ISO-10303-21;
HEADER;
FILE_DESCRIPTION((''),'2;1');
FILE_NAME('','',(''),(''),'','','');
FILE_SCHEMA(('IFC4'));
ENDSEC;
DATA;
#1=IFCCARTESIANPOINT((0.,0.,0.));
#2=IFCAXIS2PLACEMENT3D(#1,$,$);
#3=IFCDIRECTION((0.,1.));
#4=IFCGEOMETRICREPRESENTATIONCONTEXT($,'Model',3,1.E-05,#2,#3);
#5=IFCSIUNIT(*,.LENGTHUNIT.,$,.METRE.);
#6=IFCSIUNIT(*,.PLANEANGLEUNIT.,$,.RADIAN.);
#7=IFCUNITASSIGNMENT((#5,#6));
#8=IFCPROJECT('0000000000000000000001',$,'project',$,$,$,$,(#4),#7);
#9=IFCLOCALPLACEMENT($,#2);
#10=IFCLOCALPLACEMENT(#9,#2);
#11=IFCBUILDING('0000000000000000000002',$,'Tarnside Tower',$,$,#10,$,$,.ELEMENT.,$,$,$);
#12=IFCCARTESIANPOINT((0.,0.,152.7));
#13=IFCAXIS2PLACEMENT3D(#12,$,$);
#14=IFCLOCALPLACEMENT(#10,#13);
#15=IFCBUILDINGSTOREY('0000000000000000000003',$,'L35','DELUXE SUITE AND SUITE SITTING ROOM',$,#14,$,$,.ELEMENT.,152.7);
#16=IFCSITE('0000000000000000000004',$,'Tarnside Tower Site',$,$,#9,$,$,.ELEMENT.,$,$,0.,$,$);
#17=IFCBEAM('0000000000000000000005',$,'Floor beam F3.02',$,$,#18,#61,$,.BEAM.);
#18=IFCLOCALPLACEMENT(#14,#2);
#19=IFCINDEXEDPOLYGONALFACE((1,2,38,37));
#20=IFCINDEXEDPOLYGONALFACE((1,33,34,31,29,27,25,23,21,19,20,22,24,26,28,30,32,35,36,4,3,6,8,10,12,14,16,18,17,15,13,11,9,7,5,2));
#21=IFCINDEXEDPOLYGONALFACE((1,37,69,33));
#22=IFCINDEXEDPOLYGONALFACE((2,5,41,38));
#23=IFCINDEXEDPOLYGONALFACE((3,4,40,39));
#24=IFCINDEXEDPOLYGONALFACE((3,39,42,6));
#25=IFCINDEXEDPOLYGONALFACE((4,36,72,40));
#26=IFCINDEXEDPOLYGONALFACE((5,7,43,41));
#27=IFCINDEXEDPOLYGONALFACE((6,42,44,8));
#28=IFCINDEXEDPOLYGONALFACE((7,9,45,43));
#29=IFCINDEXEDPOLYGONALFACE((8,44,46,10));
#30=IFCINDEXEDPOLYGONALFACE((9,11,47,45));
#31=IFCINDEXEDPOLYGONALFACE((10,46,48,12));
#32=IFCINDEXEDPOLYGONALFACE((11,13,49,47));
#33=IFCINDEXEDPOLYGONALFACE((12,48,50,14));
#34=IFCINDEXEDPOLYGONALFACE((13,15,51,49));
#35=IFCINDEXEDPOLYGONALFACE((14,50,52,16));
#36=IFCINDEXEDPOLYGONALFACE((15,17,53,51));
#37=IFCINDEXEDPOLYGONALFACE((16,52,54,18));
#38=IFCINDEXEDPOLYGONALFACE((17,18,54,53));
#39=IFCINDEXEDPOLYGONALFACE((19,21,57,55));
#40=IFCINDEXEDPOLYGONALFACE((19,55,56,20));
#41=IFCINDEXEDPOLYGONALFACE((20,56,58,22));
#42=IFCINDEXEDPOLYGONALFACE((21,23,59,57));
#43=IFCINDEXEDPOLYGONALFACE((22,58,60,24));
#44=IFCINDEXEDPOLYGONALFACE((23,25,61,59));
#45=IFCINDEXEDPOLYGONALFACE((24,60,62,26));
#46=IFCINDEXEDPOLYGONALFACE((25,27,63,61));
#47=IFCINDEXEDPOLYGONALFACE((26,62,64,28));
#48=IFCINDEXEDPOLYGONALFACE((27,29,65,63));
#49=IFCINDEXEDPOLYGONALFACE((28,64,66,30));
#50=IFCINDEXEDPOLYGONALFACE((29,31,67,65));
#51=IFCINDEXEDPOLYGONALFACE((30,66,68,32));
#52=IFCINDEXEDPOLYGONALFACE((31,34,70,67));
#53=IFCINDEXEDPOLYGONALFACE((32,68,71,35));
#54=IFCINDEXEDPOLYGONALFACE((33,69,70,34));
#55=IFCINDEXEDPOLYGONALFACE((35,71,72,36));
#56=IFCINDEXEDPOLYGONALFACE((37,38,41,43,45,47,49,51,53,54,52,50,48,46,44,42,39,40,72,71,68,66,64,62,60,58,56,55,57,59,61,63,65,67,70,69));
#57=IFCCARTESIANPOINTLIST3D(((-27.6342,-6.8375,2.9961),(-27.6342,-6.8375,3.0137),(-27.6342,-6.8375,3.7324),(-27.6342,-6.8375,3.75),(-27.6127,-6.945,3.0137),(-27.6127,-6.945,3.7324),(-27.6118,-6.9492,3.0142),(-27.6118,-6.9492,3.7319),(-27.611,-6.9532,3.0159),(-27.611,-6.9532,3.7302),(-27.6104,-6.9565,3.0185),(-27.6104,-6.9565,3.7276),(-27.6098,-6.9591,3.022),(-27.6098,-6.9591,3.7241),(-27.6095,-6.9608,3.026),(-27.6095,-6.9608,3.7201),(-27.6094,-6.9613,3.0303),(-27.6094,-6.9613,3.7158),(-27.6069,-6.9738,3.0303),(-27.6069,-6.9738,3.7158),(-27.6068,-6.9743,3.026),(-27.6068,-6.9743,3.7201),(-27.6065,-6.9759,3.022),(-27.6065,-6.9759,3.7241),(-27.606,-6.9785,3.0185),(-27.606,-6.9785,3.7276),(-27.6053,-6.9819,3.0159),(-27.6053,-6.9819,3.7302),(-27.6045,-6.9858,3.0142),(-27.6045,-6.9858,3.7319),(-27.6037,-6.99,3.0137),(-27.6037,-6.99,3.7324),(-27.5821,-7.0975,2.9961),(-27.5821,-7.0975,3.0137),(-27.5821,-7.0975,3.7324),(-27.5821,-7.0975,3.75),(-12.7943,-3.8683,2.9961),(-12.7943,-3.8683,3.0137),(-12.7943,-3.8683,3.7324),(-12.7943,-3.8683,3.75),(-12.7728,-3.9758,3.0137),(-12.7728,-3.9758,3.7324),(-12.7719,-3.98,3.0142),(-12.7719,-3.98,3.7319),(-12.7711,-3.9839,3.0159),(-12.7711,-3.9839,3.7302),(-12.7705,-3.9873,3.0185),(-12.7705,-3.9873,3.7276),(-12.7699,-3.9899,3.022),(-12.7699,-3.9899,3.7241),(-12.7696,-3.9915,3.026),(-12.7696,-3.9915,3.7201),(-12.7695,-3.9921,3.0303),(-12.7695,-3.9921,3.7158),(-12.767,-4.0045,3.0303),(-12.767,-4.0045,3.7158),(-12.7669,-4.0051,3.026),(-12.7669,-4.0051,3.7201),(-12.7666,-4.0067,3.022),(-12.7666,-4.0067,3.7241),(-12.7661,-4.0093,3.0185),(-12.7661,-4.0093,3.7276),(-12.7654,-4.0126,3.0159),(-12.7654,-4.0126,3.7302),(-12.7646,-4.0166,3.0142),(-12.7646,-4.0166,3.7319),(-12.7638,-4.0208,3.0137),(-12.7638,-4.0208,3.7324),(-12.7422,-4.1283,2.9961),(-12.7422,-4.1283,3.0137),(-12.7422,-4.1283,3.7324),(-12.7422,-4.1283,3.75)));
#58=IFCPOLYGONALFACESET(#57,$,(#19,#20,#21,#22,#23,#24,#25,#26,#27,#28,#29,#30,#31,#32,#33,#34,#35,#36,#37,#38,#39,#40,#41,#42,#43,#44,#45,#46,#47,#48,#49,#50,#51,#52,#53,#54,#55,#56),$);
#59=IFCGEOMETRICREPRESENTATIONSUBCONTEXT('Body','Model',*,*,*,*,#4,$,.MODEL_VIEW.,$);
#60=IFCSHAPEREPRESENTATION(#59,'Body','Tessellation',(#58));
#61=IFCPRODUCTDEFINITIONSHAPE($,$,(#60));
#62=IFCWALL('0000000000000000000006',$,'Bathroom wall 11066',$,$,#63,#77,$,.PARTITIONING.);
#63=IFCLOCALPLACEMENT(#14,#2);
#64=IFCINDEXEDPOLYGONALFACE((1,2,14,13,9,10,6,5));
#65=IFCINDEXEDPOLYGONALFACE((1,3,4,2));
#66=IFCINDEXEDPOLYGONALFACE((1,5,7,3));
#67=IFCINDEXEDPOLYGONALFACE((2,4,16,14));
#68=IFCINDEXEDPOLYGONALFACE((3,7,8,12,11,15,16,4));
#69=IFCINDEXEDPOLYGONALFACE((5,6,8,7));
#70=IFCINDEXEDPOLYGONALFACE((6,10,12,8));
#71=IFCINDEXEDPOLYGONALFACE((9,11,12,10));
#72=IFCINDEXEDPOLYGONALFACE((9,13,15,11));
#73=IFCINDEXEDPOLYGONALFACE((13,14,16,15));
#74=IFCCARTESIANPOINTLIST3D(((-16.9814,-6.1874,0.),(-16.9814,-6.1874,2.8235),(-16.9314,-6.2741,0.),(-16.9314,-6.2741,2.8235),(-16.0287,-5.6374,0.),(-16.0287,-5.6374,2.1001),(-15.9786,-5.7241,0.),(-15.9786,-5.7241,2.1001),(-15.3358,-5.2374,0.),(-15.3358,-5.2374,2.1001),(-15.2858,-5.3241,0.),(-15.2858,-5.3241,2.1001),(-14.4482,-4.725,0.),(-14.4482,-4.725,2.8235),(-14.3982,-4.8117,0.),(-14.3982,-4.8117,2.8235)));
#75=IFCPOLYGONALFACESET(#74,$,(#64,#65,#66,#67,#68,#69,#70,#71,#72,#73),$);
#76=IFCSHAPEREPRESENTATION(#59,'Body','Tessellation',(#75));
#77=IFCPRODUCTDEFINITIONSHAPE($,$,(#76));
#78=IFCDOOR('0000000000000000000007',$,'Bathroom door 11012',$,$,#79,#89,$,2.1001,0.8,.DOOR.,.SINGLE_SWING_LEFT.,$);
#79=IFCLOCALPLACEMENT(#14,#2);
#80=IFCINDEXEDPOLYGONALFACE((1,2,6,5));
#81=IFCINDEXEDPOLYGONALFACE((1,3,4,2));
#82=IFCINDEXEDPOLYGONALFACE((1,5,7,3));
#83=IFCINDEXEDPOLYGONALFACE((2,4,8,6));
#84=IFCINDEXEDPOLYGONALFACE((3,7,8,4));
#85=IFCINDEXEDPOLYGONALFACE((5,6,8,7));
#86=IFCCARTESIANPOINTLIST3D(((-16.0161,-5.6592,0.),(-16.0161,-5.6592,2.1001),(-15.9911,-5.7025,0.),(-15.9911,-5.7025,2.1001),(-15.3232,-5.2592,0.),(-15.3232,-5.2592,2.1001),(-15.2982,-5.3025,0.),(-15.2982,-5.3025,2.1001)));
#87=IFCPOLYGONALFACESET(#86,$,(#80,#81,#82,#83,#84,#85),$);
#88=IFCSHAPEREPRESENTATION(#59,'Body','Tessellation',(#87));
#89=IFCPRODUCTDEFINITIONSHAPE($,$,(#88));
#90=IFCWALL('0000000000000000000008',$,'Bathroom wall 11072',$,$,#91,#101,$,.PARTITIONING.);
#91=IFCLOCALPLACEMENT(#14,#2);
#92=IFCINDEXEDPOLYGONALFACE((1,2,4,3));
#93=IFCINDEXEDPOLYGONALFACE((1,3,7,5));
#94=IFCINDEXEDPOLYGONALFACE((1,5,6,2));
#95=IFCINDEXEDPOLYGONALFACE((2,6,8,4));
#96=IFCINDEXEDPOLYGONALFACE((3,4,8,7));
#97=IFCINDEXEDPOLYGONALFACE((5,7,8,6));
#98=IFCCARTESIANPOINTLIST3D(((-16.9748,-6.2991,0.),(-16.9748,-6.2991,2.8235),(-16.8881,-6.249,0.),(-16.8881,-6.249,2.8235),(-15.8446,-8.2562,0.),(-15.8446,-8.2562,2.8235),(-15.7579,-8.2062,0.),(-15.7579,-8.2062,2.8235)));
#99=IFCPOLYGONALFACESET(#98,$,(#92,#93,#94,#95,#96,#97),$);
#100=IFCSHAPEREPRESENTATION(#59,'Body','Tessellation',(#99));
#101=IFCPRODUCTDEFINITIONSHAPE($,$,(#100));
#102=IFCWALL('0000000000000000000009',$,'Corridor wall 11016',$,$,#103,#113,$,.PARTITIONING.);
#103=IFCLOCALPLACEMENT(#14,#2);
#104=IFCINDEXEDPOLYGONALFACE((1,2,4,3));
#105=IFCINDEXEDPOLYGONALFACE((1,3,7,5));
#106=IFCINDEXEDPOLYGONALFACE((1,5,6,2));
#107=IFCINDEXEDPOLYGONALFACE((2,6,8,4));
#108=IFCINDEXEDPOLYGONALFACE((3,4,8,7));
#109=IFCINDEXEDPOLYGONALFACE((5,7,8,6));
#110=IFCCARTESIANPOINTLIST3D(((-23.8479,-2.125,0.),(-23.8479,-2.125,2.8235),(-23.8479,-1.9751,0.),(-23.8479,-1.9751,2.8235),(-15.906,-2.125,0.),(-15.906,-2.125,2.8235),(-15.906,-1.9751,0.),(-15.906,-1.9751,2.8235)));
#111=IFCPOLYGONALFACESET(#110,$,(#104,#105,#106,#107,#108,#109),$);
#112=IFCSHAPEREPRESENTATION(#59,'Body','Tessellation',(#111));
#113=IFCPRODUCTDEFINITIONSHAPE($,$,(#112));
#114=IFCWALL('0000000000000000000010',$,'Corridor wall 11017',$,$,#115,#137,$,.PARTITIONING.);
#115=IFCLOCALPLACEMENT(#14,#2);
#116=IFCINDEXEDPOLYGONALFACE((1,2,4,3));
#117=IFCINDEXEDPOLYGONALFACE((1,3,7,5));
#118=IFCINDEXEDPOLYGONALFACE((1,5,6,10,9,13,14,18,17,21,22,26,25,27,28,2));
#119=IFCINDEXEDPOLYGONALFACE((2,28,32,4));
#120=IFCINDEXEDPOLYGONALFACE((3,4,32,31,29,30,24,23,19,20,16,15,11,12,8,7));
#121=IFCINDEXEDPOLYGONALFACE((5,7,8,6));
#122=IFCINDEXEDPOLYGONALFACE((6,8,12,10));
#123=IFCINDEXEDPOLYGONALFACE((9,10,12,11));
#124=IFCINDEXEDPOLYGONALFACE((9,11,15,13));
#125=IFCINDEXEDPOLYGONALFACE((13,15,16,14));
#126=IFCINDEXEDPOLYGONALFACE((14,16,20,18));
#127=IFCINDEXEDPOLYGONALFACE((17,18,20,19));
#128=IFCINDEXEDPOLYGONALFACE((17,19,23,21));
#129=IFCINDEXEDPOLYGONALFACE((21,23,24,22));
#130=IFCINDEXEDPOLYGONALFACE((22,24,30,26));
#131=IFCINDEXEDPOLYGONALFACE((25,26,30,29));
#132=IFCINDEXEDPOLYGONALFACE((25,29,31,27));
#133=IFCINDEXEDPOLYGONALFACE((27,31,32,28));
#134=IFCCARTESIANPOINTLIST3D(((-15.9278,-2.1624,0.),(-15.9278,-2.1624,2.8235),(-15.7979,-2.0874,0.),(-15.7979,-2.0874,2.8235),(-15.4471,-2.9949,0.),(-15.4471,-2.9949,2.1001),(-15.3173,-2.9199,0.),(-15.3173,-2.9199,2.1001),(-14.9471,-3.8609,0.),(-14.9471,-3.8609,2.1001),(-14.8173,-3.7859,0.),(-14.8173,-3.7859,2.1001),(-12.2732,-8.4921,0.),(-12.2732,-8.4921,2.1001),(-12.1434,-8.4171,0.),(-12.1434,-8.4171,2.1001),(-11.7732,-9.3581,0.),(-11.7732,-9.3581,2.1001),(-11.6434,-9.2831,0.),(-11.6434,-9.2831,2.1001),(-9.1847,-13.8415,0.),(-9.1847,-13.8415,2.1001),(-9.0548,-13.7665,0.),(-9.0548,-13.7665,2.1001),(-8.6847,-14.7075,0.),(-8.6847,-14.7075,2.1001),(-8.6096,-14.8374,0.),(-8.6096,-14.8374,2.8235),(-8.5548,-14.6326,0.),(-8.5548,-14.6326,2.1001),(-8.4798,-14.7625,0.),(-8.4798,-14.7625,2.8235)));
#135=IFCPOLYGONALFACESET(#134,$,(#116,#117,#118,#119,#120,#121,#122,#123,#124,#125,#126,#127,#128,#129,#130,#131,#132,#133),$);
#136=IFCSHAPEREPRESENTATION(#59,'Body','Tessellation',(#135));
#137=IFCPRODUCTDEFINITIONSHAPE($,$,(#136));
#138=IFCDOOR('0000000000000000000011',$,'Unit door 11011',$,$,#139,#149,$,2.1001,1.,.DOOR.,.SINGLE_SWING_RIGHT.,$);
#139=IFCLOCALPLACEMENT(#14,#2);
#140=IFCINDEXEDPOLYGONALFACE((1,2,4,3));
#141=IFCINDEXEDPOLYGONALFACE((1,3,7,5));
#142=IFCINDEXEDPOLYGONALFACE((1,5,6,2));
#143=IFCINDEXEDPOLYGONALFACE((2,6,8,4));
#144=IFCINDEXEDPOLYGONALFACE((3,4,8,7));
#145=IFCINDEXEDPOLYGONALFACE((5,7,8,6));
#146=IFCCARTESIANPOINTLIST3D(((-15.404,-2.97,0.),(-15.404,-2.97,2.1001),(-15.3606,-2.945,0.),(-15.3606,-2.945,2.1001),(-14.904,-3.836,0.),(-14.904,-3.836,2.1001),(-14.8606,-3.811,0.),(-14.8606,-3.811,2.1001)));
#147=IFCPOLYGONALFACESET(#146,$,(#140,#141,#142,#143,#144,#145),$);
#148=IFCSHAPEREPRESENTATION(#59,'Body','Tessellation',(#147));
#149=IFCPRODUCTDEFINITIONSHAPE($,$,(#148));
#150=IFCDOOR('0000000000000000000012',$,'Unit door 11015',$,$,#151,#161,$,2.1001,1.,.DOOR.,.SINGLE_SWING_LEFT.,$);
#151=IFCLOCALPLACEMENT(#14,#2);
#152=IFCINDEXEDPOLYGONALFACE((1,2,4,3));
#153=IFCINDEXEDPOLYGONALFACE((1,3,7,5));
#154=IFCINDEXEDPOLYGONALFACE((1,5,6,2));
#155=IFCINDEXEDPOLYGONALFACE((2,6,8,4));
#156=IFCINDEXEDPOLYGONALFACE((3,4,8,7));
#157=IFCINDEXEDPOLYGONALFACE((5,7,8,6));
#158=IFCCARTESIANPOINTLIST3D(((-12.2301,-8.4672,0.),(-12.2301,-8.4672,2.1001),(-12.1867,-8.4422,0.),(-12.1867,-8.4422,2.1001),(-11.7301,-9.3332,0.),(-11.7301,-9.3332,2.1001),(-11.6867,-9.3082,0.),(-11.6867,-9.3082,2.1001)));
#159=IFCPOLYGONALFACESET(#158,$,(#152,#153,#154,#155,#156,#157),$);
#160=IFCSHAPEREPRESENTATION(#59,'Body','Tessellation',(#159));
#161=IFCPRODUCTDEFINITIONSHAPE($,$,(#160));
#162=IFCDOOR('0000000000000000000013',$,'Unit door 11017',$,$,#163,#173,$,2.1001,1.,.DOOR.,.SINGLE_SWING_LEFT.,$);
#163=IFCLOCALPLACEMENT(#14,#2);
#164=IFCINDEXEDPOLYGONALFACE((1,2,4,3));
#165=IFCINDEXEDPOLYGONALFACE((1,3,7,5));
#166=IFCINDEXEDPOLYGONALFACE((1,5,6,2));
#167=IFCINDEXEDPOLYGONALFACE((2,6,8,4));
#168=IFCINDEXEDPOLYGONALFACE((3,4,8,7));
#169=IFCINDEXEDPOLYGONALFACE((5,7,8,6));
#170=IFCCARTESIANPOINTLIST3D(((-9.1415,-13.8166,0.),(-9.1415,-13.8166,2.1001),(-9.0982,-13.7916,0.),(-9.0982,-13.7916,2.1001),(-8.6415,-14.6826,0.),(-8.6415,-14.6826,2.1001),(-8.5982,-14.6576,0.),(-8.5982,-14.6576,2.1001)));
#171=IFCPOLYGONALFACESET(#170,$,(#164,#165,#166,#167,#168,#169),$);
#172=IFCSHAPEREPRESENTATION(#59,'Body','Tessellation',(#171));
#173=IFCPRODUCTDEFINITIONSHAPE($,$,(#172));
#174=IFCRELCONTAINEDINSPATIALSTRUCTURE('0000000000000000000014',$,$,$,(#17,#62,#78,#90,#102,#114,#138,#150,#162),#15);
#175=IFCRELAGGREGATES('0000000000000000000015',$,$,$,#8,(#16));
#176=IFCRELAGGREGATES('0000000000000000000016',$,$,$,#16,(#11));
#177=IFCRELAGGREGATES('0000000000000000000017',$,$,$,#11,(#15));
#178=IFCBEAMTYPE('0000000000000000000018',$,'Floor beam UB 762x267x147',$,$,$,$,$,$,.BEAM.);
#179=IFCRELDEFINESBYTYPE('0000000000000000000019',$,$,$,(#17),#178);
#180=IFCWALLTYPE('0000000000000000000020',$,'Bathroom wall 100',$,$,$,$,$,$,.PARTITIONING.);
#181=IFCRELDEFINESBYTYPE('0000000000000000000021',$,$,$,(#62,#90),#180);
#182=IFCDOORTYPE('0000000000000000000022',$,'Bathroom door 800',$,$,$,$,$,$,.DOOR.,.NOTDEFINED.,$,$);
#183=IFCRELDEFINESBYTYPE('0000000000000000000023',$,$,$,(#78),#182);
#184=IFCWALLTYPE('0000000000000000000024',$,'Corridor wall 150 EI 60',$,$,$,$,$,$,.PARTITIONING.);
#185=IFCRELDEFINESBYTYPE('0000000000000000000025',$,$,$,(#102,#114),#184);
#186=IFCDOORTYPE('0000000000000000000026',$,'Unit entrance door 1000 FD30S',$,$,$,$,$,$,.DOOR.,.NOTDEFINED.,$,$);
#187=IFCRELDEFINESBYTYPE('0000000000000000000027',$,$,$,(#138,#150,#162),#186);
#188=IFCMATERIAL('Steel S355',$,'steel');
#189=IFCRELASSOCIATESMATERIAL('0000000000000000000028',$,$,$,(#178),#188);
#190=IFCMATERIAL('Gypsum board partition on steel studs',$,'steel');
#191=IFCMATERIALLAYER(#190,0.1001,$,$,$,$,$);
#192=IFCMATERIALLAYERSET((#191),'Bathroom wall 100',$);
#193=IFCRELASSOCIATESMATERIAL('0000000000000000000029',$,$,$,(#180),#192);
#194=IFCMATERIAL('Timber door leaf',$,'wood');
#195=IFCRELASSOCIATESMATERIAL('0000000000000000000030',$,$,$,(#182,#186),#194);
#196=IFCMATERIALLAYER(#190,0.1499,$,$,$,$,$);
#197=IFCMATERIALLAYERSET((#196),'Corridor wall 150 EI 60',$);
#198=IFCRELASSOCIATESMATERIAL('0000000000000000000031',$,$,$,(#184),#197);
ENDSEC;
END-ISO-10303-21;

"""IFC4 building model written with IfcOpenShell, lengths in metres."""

from ifc_helpers import new_model, si_unit, direction, frame, frame_2d, origin, origin_2d, place, context, subcontext, project, spatial, rectangle, i_section, extrude, material, layer, layer_set, material_profile, profile_set, type_object, element, fill, save


model = new_model("IFC4")

# Units and contexts
model_context = context("Model", 3, precision=1e-05, world=origin(), true_north=direction((0.0, 1.0)))
body_context = subcontext(model_context, "Body", "Model", "MODEL_VIEW")
ifc_project = project(units=[si_unit("LENGTHUNIT", "METRE"), si_unit("PLANEANGLEUNIT", "RADIAN")], contexts=[model_context])

# Site, building, storey
site_placement = place(None, origin())
site = spatial("IfcSite", under=ifc_project, at=site_placement, Name="Tarnside Tower Site", CompositionType="ELEMENT", RefElevation=0.0)
building_placement = place(site_placement, origin())
building = spatial("IfcBuilding", under=site, at=building_placement, Name="Tarnside Tower", CompositionType="ELEMENT")
storey_placement = place(building_placement, frame((0.0, 0.0, 152.7)))
storey = spatial("IfcBuildingStorey", under=building, at=storey_placement, Name="L35", Description="DELUXE SUITE AND SUITE SITTING ROOM", CompositionType="ELEMENT", Elevation=152.7)

# Beam
ifc_material_1 = material(Name="Steel S355", Category="steel")
ifc_material_profile = material_profile(ifc_material_1, i_section(OverallWidth=0.2651, OverallDepth=0.7539, WebThickness=0.0127, FlangeThickness=0.0176, FilletRadius=0.0166, at=origin_2d()), Name="UB 762x267x147")
ifc_profile_set = profile_set([ifc_material_profile], Name="Steel S355")
beam_type = type_object("IfcBeamType", Name="Floor beam UB 762x267x147", PredefinedType="BEAM", material=ifc_profile_set)
beam_placement = place(storey_placement, frame((-27.6082, -6.9675, 3.373), z_axis=(0.980565, 0.196197, 0.0), x_axis=(-0.196197, 0.980565, 0.0)))
element("IfcBeam", 1, at=beam_placement, inside=storey, type_object=beam_type, Name="Floor beam F3.02", PredefinedType="BEAM", context=body_context, shape_type="SweptSolid", body=[
    extrude(i_section(OverallWidth=0.2651, OverallDepth=0.7539, WebThickness=0.0127, FlangeThickness=0.0176, FilletRadius=0.0166, at=origin_2d()), origin(), (0.0, 0.0, 1.0), 15.134),
])

# Wall, opening, door
ifc_material_2 = material(Name="Gypsum board partition on steel studs", Category="steel")
ifc_layer_1 = layer(ifc_material_2, 0.1001)
ifc_layer_set_1 = layer_set([ifc_layer_1], Name="Bathroom wall 100")
wall_type_1 = type_object("IfcWallType", Name="Bathroom wall 100", PredefinedType="PARTITIONING", material=ifc_layer_set_1)
wall_1_placement = place(storey_placement, frame((-16.9563, -6.2307, 0.0), z_axis=(0.0, 0.0, 1.0), x_axis=(0.866047, 0.499963, 0.0)))
wall_1 = element("IfcWall", 2, at=wall_1_placement, inside=storey, type_object=wall_type_1, Name="Bathroom wall 11066", PredefinedType="PARTITIONING", context=body_context, shape_type="SweptSolid", body=[
    extrude(rectangle(XDim=2.925, YDim=0.1001, at=frame_2d((1.4624, 0.0))), origin(), (0.0, 0.0, 1.0), 2.8235),
])
opening_1_placement = place(wall_1_placement, frame((1.1001, 0.0, 0.0)))
opening_1 = element("IfcOpeningElement", 3, at=opening_1_placement, cuts=wall_1, PredefinedType="OPENING", context=body_context, shape_type="SweptSolid", body=[
    extrude(rectangle(XDim=0.8, YDim=2.1001, at=frame_2d((0.3999, 1.05))), frame((0.0, 0.0601, 0.0), z_axis=(0.0, -1.0, 0.0), x_axis=(1.0, 0.0, 0.0)), (0.0, 0.0, 1.0), 0.1201),
])
ifc_material_3 = material(Name="Timber door leaf", Category="wood")
door_type_1 = type_object("IfcDoorType", Name="Bathroom door 800", OperationType="NOTDEFINED", PredefinedType="DOOR", material=ifc_material_3)
door_1_placement = place(opening_1_placement, origin())
door_1 = element("IfcDoor", 4, at=door_1_placement, inside=storey, type_object=door_type_1, Name="Bathroom door 11012", OperationType="SINGLE_SWING_LEFT", OverallHeight=2.1001, OverallWidth=0.8, PredefinedType="DOOR", context=body_context, shape_type="SweptSolid", body=[
    extrude(rectangle(XDim=0.8, YDim=2.1001, at=frame_2d((0.3999, 1.05))), frame((0.0, 0.0249, 0.0), z_axis=(0.0, -1.0, 0.0), x_axis=(1.0, 0.0, 0.0)), (0.0, 0.0, 1.0), 0.05),
])
fill(opening_1, door_1)

# Walls
wall_2_placement = place(storey_placement, frame((-16.9314, -6.2742, 0.0), z_axis=(0.0, 0.0, 1.0), x_axis=(0.500078, -0.86598, 0.0)))
element("IfcWall", 5, at=wall_2_placement, inside=storey, type_object=wall_type_1, Name="Bathroom wall 11072", PredefinedType="PARTITIONING", context=body_context, shape_type="SweptSolid", body=[
    extrude(rectangle(XDim=2.26, YDim=0.1001, at=frame_2d((1.1299, 0.0))), origin(), (0.0, 0.0, 1.0), 2.8235),
])
ifc_layer_2 = layer(ifc_material_2, 0.1499)
ifc_layer_set_2 = layer_set([ifc_layer_2], Name="Corridor wall 150 EI 60")
wall_type_2 = type_object("IfcWallType", Name="Corridor wall 150 EI 60", PredefinedType="PARTITIONING", material=ifc_layer_set_2)
wall_3_placement = place(storey_placement, frame((-23.8479, -2.05, 0.0), z_axis=(0.0, 0.0, 1.0), x_axis=(1.0, 0.0, 0.0)))
element("IfcWall", 6, at=wall_3_placement, inside=storey, type_object=wall_type_2, Name="Corridor wall 11016", PredefinedType="PARTITIONING", context=body_context, shape_type="SweptSolid", body=[
    extrude(rectangle(XDim=7.9419, YDim=0.1499, at=frame_2d((3.9709, 0.0))), origin(), (0.0, 0.0, 1.0), 2.8235),
])

# Wall, openings, doors
wall_4_placement = place(storey_placement, frame((-15.8628, -2.125, 0.0), z_axis=(0.0, 0.0, 1.0), x_axis=(0.500009, -0.86602, 0.0)))
wall_4 = element("IfcWall", 7, at=wall_4_placement, inside=storey, type_object=wall_type_2, Name="Corridor wall 11017", PredefinedType="PARTITIONING", context=body_context, shape_type="SweptSolid", body=[
    extrude(rectangle(XDim=14.636, YDim=0.1499, at=frame_2d((7.3179, 0.0))), origin(), (0.0, 0.0, 1.0), 2.8235),
])
opening_2_placement = place(wall_4_placement, frame((0.9612, 0.0, 0.0)))
opening_2 = element("IfcOpeningElement", 8, at=opening_2_placement, cuts=wall_4, PredefinedType="OPENING", context=body_context, shape_type="SweptSolid", body=[
    extrude(rectangle(XDim=1.0, YDim=2.1001, at=frame_2d((0.5, 1.05))), frame((0.0, 0.085, 0.0), z_axis=(0.0, -1.0, 0.0), x_axis=(1.0, 0.0, 0.0)), (0.0, 0.0, 1.0), 0.1699),
])
opening_3_placement = place(wall_4_placement, frame((7.3088, 0.0, 0.0)))
opening_3 = element("IfcOpeningElement", 9, at=opening_3_placement, cuts=wall_4, PredefinedType="OPENING", context=body_context, shape_type="SweptSolid", body=[
    extrude(rectangle(XDim=1.0, YDim=2.1001, at=frame_2d((0.5, 1.05))), frame((0.0, 0.085, 0.0), z_axis=(0.0, -1.0, 0.0), x_axis=(1.0, 0.0, 0.0)), (0.0, 0.0, 1.0), 0.1699),
])
opening_4_placement = place(wall_4_placement, frame((13.4858, 0.0, 0.0)))
opening_4 = element("IfcOpeningElement", 10, at=opening_4_placement, cuts=wall_4, PredefinedType="OPENING", context=body_context, shape_type="SweptSolid", body=[
    extrude(rectangle(XDim=1.0, YDim=2.1001, at=frame_2d((0.5, 1.05))), frame((0.0, 0.085, 0.0), z_axis=(0.0, -1.0, 0.0), x_axis=(1.0, 0.0, 0.0)), (0.0, 0.0, 1.0), 0.1699),
])
door_type_2 = type_object("IfcDoorType", Name="Unit entrance door 1000 FD30S", OperationType="NOTDEFINED", PredefinedType="DOOR", material=ifc_material_3)
door_2_placement = place(opening_2_placement, origin())
door_2 = element("IfcDoor", 11, at=door_2_placement, inside=storey, type_object=door_type_2, Name="Unit door 11011", OperationType="SINGLE_SWING_RIGHT", OverallHeight=2.1001, OverallWidth=1.0, PredefinedType="DOOR", context=body_context, shape_type="SweptSolid", body=[
    extrude(rectangle(XDim=1.0, YDim=2.1001, at=frame_2d((0.5, 1.05))), frame((0.0, 0.0249, 0.0), z_axis=(0.0, -1.0, 0.0), x_axis=(1.0, 0.0, 0.0)), (0.0, 0.0, 1.0), 0.05),
])
fill(opening_2, door_2)
door_3_placement = place(opening_3_placement, origin())
door_3 = element("IfcDoor", 12, at=door_3_placement, inside=storey, type_object=door_type_2, Name="Unit door 11015", OperationType="SINGLE_SWING_LEFT", OverallHeight=2.1001, OverallWidth=1.0, PredefinedType="DOOR", context=body_context, shape_type="SweptSolid", body=[
    extrude(rectangle(XDim=1.0, YDim=2.1001, at=frame_2d((0.5, 1.05))), frame((0.0, 0.0249, 0.0), z_axis=(0.0, -1.0, 0.0), x_axis=(1.0, 0.0, 0.0)), (0.0, 0.0, 1.0), 0.05),
])
fill(opening_3, door_3)
door_4_placement = place(opening_4_placement, origin())
door_4 = element("IfcDoor", 13, at=door_4_placement, inside=storey, type_object=door_type_2, Name="Unit door 11017", OperationType="SINGLE_SWING_LEFT", OverallHeight=2.1001, OverallWidth=1.0, PredefinedType="DOOR", context=body_context, shape_type="SweptSolid", body=[
    extrude(rectangle(XDim=1.0, YDim=2.1001, at=frame_2d((0.5, 1.05))), frame((0.0, 0.0249, 0.0), z_axis=(0.0, -1.0, 0.0), x_axis=(1.0, 0.0, 0.0)), (0.0, 0.0, 1.0), 0.05),
])
fill(opening_4, door_4)

save(model, "model.ifc")
